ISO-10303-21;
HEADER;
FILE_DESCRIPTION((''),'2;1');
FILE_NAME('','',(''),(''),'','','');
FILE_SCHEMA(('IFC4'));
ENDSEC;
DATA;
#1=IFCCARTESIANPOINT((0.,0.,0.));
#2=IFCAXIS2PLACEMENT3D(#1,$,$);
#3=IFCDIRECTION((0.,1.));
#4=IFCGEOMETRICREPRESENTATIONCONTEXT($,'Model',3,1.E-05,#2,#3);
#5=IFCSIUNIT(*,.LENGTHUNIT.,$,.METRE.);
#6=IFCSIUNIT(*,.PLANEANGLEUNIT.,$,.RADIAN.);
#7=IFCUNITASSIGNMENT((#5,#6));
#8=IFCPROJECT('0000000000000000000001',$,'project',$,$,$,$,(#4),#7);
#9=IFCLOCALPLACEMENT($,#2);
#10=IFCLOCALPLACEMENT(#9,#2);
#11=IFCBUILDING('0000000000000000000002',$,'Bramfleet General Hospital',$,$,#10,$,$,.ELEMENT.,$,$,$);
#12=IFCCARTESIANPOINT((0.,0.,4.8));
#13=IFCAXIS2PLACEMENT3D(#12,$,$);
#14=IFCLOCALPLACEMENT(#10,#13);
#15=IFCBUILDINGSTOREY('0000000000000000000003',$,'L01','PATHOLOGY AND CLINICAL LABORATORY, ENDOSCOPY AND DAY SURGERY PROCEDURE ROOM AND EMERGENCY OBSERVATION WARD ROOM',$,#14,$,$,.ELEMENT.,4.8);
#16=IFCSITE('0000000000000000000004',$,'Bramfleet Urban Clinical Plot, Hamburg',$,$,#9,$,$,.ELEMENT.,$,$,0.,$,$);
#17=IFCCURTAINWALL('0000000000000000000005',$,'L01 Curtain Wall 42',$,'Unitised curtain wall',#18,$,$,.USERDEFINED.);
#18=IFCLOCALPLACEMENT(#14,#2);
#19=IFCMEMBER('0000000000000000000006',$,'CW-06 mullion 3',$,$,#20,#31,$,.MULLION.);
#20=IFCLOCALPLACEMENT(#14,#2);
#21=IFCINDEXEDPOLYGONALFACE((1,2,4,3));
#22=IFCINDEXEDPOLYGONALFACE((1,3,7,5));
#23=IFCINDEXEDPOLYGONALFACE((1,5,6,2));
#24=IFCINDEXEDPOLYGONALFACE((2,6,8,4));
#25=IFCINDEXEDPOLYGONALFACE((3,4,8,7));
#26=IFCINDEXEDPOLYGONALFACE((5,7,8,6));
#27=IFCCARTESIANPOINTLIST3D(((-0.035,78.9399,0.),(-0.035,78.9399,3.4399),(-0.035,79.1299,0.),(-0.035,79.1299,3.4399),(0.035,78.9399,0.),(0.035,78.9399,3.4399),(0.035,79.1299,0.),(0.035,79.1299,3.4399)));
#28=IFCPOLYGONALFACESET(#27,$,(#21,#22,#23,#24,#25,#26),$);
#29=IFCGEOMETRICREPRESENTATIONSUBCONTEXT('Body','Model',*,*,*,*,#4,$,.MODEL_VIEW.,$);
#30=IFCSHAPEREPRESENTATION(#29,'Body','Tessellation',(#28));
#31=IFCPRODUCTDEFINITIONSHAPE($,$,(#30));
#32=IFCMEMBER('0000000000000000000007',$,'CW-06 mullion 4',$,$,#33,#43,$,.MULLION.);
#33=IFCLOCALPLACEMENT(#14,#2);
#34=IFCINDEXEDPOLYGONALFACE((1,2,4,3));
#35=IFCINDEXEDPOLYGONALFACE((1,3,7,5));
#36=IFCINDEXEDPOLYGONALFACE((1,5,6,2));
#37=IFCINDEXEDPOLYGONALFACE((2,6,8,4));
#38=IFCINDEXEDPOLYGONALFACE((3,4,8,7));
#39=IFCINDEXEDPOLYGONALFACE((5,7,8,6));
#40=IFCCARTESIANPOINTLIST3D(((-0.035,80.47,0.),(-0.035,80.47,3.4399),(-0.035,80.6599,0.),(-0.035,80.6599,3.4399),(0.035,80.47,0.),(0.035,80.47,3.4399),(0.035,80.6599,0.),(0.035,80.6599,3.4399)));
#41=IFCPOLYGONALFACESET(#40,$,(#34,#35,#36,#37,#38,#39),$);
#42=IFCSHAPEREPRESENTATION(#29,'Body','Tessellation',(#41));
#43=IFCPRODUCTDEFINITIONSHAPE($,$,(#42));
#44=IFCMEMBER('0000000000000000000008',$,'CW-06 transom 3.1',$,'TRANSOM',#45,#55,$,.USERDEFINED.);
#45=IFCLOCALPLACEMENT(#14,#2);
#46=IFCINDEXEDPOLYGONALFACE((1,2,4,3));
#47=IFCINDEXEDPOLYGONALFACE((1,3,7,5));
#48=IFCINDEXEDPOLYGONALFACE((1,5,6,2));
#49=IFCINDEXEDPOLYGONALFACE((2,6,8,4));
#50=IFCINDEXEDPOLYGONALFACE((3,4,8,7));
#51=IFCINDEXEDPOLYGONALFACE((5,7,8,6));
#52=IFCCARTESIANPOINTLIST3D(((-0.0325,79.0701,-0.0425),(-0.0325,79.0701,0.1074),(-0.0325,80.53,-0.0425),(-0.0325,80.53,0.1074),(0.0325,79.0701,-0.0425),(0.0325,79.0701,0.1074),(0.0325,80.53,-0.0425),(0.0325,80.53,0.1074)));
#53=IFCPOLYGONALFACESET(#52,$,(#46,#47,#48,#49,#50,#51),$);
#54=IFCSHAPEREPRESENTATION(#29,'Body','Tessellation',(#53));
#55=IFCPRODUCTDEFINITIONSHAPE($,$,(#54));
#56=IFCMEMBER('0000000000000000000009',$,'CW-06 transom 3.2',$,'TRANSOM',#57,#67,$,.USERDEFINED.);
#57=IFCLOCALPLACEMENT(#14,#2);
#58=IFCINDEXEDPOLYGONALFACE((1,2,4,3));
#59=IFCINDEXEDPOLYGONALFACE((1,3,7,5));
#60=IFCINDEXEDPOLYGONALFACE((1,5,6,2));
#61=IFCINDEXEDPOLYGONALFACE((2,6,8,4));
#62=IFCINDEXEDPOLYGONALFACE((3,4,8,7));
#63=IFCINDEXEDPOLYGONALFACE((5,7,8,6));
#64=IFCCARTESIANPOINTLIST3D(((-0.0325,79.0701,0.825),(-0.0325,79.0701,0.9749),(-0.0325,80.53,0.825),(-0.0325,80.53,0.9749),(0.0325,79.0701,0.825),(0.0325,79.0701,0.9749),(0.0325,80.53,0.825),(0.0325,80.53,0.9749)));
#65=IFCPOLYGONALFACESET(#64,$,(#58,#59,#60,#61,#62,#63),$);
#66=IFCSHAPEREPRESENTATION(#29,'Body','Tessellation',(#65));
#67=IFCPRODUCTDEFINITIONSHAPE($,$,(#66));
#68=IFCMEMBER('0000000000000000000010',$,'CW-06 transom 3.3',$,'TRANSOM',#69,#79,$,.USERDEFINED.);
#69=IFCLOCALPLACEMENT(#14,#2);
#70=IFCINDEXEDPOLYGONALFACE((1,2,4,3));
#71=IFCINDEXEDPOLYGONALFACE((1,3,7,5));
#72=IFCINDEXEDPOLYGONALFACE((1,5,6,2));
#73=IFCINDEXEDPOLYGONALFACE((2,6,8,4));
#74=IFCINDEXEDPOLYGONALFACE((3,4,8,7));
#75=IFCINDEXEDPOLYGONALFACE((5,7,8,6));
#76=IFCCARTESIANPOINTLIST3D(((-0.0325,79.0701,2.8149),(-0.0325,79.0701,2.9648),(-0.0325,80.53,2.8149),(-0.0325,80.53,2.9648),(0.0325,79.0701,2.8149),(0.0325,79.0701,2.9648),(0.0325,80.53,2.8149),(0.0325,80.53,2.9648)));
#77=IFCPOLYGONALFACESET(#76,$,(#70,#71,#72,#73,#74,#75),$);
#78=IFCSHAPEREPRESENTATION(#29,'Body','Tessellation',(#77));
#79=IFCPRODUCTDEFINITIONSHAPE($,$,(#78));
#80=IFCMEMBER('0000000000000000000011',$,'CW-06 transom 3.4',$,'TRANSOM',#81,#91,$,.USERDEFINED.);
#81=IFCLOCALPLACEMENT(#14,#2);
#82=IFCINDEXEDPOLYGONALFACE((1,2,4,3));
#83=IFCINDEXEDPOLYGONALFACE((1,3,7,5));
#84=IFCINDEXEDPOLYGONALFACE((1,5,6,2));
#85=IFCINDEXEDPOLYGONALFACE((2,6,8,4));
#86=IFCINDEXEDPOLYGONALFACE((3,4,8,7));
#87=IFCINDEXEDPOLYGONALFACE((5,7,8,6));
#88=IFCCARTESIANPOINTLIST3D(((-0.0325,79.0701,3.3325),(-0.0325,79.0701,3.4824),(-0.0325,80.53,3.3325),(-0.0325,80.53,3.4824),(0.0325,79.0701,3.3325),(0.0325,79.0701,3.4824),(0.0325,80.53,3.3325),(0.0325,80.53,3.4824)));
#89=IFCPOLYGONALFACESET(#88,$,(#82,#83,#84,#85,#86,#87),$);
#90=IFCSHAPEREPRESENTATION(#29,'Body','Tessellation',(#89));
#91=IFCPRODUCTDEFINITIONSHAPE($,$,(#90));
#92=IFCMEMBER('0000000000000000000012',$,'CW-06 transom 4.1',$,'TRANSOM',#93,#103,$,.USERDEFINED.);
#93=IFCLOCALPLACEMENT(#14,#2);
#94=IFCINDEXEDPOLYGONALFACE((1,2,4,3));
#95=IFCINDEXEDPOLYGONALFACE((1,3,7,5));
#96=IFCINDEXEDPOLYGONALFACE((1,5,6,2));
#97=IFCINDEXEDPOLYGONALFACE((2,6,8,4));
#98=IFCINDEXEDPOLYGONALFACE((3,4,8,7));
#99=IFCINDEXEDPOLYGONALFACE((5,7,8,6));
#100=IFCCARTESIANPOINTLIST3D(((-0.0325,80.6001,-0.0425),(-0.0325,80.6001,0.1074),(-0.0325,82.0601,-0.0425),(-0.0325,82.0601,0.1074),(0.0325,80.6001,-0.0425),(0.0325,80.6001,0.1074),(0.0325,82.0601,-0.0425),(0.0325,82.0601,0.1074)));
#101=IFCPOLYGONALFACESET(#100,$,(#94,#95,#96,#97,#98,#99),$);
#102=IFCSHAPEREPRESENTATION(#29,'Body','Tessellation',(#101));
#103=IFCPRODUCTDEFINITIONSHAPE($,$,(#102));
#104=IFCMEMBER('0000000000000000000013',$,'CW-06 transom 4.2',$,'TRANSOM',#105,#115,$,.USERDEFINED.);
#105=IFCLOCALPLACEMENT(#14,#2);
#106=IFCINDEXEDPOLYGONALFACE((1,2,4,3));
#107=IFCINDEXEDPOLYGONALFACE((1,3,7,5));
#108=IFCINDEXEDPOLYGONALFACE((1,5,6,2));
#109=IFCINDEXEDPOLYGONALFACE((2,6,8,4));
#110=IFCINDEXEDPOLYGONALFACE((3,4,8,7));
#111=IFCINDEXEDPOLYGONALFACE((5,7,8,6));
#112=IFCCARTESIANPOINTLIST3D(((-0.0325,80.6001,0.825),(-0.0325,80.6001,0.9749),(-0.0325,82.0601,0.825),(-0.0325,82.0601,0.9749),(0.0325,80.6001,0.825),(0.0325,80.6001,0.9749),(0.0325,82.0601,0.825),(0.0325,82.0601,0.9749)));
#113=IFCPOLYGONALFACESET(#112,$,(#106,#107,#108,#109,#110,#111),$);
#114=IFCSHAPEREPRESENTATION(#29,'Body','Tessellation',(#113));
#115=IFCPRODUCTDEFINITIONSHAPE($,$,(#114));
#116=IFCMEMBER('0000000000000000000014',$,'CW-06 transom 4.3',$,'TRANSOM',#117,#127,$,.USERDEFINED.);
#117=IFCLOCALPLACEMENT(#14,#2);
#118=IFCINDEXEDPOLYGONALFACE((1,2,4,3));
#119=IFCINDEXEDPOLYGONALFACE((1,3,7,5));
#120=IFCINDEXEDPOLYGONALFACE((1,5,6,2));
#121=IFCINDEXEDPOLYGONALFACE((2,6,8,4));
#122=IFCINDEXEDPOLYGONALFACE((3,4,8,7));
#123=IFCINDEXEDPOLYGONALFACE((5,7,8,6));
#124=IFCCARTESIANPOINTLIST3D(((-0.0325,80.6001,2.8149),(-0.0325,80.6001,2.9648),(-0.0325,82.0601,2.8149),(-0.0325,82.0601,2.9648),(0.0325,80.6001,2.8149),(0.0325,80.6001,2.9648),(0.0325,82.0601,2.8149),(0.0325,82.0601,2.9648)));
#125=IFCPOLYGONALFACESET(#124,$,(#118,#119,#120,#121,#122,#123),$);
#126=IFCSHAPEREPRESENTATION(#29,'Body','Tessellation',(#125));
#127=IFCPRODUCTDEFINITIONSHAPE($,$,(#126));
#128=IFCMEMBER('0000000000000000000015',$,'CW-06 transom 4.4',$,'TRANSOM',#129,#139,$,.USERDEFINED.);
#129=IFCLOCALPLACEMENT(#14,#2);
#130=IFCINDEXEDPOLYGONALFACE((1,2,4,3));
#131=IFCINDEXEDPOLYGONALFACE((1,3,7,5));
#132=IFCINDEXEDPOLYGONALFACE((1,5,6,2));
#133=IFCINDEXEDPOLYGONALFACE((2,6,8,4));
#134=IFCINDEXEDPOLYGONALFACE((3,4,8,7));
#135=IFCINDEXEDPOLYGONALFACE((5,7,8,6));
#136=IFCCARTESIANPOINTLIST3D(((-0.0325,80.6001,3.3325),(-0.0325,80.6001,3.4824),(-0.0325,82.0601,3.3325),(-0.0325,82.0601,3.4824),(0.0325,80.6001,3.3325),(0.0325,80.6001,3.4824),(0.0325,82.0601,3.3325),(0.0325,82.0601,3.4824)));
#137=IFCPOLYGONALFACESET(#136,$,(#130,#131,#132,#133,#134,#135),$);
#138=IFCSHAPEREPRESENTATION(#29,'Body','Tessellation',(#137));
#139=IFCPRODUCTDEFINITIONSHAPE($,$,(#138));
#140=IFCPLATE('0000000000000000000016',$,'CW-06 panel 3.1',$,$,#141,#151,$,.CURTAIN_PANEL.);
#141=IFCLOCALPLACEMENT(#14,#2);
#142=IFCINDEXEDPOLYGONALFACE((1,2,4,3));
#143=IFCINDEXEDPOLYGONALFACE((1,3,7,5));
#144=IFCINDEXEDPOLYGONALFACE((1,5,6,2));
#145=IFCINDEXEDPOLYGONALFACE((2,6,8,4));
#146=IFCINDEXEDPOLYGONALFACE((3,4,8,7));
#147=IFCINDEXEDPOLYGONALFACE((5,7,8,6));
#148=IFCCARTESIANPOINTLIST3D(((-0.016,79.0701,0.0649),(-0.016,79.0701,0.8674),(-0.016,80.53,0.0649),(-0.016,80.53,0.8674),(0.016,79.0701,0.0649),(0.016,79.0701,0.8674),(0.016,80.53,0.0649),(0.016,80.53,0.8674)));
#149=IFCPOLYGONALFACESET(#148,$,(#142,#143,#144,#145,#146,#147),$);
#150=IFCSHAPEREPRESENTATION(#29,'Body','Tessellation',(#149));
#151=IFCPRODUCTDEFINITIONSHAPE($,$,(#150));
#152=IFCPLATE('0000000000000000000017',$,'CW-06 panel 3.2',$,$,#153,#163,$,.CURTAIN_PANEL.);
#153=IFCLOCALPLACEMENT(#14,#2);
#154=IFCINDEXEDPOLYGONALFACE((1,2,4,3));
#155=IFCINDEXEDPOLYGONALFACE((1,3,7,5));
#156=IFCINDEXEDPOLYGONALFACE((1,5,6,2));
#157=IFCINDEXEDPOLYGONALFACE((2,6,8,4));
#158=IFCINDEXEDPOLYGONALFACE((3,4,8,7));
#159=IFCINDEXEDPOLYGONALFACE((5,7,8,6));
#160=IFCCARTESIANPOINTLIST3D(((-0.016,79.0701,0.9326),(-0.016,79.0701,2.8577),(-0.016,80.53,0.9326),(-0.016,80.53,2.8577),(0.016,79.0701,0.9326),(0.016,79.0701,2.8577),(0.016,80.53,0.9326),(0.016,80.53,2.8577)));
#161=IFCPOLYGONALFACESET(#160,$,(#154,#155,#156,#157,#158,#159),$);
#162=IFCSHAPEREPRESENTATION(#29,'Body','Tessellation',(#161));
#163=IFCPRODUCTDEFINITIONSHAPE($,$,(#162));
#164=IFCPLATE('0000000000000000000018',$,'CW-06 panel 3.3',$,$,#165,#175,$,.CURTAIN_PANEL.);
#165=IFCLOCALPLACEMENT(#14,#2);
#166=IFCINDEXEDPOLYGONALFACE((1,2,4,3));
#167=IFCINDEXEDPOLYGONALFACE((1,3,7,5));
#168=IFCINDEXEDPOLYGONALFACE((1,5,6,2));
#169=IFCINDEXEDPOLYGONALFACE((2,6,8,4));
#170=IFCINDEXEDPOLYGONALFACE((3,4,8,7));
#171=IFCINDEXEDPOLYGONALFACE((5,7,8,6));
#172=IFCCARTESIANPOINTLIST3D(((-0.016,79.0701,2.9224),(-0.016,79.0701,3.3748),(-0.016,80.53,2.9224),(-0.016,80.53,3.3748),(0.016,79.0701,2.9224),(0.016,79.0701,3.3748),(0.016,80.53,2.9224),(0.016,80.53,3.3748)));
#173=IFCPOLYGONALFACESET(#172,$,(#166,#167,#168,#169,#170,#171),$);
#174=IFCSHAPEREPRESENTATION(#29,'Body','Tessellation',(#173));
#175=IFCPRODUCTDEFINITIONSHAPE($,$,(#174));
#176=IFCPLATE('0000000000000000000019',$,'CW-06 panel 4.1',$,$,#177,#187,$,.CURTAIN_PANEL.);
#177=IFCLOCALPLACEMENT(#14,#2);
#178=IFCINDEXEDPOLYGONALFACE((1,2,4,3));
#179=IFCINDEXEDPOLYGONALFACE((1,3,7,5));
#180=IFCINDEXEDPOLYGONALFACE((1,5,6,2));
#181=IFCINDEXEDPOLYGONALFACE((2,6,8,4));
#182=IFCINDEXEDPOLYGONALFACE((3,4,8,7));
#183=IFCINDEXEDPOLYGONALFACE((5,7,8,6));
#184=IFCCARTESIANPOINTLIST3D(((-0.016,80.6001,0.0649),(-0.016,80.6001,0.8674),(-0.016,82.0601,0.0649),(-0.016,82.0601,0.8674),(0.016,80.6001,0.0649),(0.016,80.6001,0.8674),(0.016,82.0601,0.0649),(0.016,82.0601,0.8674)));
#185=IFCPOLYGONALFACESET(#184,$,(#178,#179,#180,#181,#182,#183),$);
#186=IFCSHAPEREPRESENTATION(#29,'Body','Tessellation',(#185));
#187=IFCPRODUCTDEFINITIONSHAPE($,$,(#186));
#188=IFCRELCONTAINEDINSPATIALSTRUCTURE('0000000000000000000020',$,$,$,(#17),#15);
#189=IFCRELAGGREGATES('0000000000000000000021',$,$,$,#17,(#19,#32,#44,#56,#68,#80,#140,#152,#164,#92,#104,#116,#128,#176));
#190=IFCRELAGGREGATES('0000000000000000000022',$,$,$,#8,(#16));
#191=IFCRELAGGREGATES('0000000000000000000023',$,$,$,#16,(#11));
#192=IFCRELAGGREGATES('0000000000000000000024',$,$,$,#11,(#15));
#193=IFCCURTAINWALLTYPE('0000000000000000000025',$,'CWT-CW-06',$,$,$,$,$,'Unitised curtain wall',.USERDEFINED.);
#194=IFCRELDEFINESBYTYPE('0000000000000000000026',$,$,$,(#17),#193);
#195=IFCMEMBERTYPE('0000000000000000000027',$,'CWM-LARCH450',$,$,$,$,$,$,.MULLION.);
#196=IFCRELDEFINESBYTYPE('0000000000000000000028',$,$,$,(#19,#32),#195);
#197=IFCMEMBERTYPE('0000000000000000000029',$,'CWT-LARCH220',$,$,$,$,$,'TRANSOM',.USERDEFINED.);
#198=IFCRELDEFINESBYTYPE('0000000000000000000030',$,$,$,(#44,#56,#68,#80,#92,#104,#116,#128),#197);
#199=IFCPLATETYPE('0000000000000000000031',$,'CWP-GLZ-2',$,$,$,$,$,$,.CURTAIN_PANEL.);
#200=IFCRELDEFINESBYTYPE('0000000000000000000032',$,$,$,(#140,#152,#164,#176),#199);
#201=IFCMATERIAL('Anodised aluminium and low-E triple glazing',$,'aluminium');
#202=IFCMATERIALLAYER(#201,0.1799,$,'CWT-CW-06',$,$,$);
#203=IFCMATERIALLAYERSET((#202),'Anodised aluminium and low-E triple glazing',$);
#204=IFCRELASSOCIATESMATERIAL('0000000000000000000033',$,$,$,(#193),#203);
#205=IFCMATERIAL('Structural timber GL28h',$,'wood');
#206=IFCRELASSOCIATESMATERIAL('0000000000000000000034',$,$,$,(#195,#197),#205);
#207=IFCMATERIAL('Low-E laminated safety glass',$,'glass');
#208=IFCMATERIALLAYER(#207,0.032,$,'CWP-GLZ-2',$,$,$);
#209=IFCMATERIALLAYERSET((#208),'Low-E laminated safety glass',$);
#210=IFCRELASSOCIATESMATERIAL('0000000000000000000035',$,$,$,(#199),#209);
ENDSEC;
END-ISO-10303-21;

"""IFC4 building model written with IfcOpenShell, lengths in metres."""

from ifc_helpers import new_model, si_unit, direction, frame, origin, origin_2d, place, context, subcontext, project, spatial, rectangle, extrude, material, layer, layer_set, material_profile, profile_set, type_object, element, aggregate, save


model = new_model("IFC4")

# Units and contexts
model_context = context("Model", 3, precision=1e-05, world=origin(), true_north=direction((0.0, 1.0)))
body_context = subcontext(model_context, "Body", "Model", "MODEL_VIEW")
ifc_project = project(units=[si_unit("LENGTHUNIT", "METRE"), si_unit("PLANEANGLEUNIT", "RADIAN")], contexts=[model_context])

# Site, building, storey
site_placement = place(None, origin())
site = spatial("IfcSite", under=ifc_project, at=site_placement, Name="Bramfleet Urban Clinical Plot, Hamburg", CompositionType="ELEMENT", RefElevation=0.0)
building_placement = place(site_placement, origin())
building = spatial("IfcBuilding", under=site, at=building_placement, Name="Bramfleet General Hospital", CompositionType="ELEMENT")
storey_placement = place(building_placement, frame((0.0, 0.0, 4.8)))
storey = spatial("IfcBuildingStorey", under=building, at=storey_placement, Name="L01", Description="PATHOLOGY AND CLINICAL LABORATORY, ENDOSCOPY AND DAY SURGERY PROCEDURE ROOM AND EMERGENCY OBSERVATION WARD ROOM", CompositionType="ELEMENT", Elevation=4.8)

# Curtain wall, members, plates
ifc_material_1 = material(Name="Anodised aluminium and low-E triple glazing", Category="aluminium")
ifc_layer_1 = layer(ifc_material_1, 0.1799, Name="CWT-CW-06")
ifc_layer_set_1 = layer_set([ifc_layer_1], Name="Anodised aluminium and low-E triple glazing")
curtain_wall_type = type_object("IfcCurtainWallType", Name="CWT-CW-06", ElementType="Unitised curtain wall", PredefinedType="USERDEFINED", material=ifc_layer_set_1)
curtain_wall_placement = place(storey_placement, origin())
curtain_wall = element("IfcCurtainWall", 1, at=curtain_wall_placement, inside=storey, type_object=curtain_wall_type, Name="L01 Curtain Wall 42", ObjectType="Unitised curtain wall", PredefinedType="USERDEFINED")
ifc_material_2 = material(Name="Structural timber GL28h", Category="wood")
ifc_material_profile_1 = material_profile(ifc_material_2, rectangle(XDim=0.0701, YDim=0.1899, at=origin_2d()), Name="LARCH 190x70")
ifc_profile_set_1 = profile_set([ifc_material_profile_1], Name="Structural timber GL28h")
member_type_1 = type_object("IfcMemberType", Name="CWM-LARCH450", PredefinedType="MULLION", material=ifc_profile_set_1)
member_1_placement = place(storey_placement, frame((0.0, 79.0349, 0.0), z_axis=(0.0, 0.0, 1.0), x_axis=(-1.0, 0.0, 0.0)))
member_1 = element("IfcMember", 2, at=member_1_placement, type_object=member_type_1, Name="CW-06 mullion 3", PredefinedType="MULLION", context=body_context, shape_type="SweptSolid", body=[
    extrude(rectangle(XDim=0.0701, YDim=0.1899, at=origin_2d()), origin(), (0.0, 0.0, 1.0), 3.4399),
])
member_2_placement = place(storey_placement, frame((0.0, 80.5649, 0.0), z_axis=(0.0, 0.0, 1.0), x_axis=(-1.0, 0.0, 0.0)))
member_2 = element("IfcMember", 3, at=member_2_placement, type_object=member_type_1, Name="CW-06 mullion 4", PredefinedType="MULLION", context=body_context, shape_type="SweptSolid", body=[
    extrude(rectangle(XDim=0.0701, YDim=0.1899, at=origin_2d()), origin(), (0.0, 0.0, 1.0), 3.4399),
])
ifc_material_profile_2 = material_profile(ifc_material_2, rectangle(XDim=0.0649, YDim=0.1499, at=origin_2d()), Name="LARCH 150x65")
ifc_profile_set_2 = profile_set([ifc_material_profile_2], Name="Structural timber GL28h")
member_type_2 = type_object("IfcMemberType", Name="CWT-LARCH220", ElementType="TRANSOM", PredefinedType="USERDEFINED", material=ifc_profile_set_2)
member_3_placement = place(storey_placement, frame((0.0, 79.0701, 0.0325), z_axis=(0.0, 1.0, 0.0), x_axis=(-1.0, 0.0, 0.0)))
member_3 = element("IfcMember", 4, at=member_3_placement, type_object=member_type_2, Name="CW-06 transom 3.1", ObjectType="TRANSOM", PredefinedType="USERDEFINED", context=body_context, shape_type="SweptSolid", body=[
    extrude(rectangle(XDim=0.0649, YDim=0.1499, at=origin_2d()), origin(), (0.0, 0.0, 1.0), 1.46),
])
member_4_placement = place(storey_placement, frame((0.0, 79.0701, 0.8999), z_axis=(0.0, 1.0, 0.0), x_axis=(-1.0, 0.0, 0.0)))
member_4 = element("IfcMember", 5, at=member_4_placement, type_object=member_type_2, Name="CW-06 transom 3.2", ObjectType="TRANSOM", PredefinedType="USERDEFINED", context=body_context, shape_type="SweptSolid", body=[
    extrude(rectangle(XDim=0.0649, YDim=0.1499, at=origin_2d()), origin(), (0.0, 0.0, 1.0), 1.46),
])
member_5_placement = place(storey_placement, frame((0.0, 79.0701, 2.8899), z_axis=(0.0, 1.0, 0.0), x_axis=(-1.0, 0.0, 0.0)))
member_5 = element("IfcMember", 6, at=member_5_placement, type_object=member_type_2, Name="CW-06 transom 3.3", ObjectType="TRANSOM", PredefinedType="USERDEFINED", context=body_context, shape_type="SweptSolid", body=[
    extrude(rectangle(XDim=0.0649, YDim=0.1499, at=origin_2d()), origin(), (0.0, 0.0, 1.0), 1.46),
])
member_6_placement = place(storey_placement, frame((0.0, 79.0701, 3.4075), z_axis=(0.0, 1.0, 0.0), x_axis=(-1.0, 0.0, 0.0)))
member_6 = element("IfcMember", 7, at=member_6_placement, type_object=member_type_2, Name="CW-06 transom 3.4", ObjectType="TRANSOM", PredefinedType="USERDEFINED", context=body_context, shape_type="SweptSolid", body=[
    extrude(rectangle(XDim=0.0649, YDim=0.1499, at=origin_2d()), origin(), (0.0, 0.0, 1.0), 1.46),
])
member_7_placement = place(storey_placement, frame((0.0, 80.6001, 0.0325), z_axis=(0.0, 1.0, 0.0), x_axis=(-1.0, 0.0, 0.0)))
member_7 = element("IfcMember", 8, at=member_7_placement, type_object=member_type_2, Name="CW-06 transom 4.1", ObjectType="TRANSOM", PredefinedType="USERDEFINED", context=body_context, shape_type="SweptSolid", body=[
    extrude(rectangle(XDim=0.0649, YDim=0.1499, at=origin_2d()), origin(), (0.0, 0.0, 1.0), 1.46),
])
member_8_placement = place(storey_placement, frame((0.0, 80.6001, 0.8999), z_axis=(0.0, 1.0, 0.0), x_axis=(-1.0, 0.0, 0.0)))
member_8 = element("IfcMember", 9, at=member_8_placement, type_object=member_type_2, Name="CW-06 transom 4.2", ObjectType="TRANSOM", PredefinedType="USERDEFINED", context=body_context, shape_type="SweptSolid", body=[
    extrude(rectangle(XDim=0.0649, YDim=0.1499, at=origin_2d()), origin(), (0.0, 0.0, 1.0), 1.46),
])
member_9_placement = place(storey_placement, frame((0.0, 80.6001, 2.8899), z_axis=(0.0, 1.0, 0.0), x_axis=(-1.0, 0.0, 0.0)))
member_9 = element("IfcMember", 10, at=member_9_placement, type_object=member_type_2, Name="CW-06 transom 4.3", ObjectType="TRANSOM", PredefinedType="USERDEFINED", context=body_context, shape_type="SweptSolid", body=[
    extrude(rectangle(XDim=0.0649, YDim=0.1499, at=origin_2d()), origin(), (0.0, 0.0, 1.0), 1.46),
])
member_10_placement = place(storey_placement, frame((0.0, 80.6001, 3.4075), z_axis=(0.0, 1.0, 0.0), x_axis=(-1.0, 0.0, 0.0)))
member_10 = element("IfcMember", 11, at=member_10_placement, type_object=member_type_2, Name="CW-06 transom 4.4", ObjectType="TRANSOM", PredefinedType="USERDEFINED", context=body_context, shape_type="SweptSolid", body=[
    extrude(rectangle(XDim=0.0649, YDim=0.1499, at=origin_2d()), origin(), (0.0, 0.0, 1.0), 1.46),
])
ifc_material_3 = material(Name="Low-E laminated safety glass", Category="glass")
ifc_layer_2 = layer(ifc_material_3, 0.032, Name="CWP-GLZ-2")
ifc_layer_set_2 = layer_set([ifc_layer_2], Name="Low-E laminated safety glass")
plate_type = type_object("IfcPlateType", Name="CWP-GLZ-2", PredefinedType="CURTAIN_PANEL", material=ifc_layer_set_2)
plate_1_placement = place(storey_placement, frame((0.0, 79.8, 0.0649), z_axis=(0.0, 0.0, 1.0), x_axis=(0.0, 1.0, 0.0)))
plate_1 = element("IfcPlate", 12, at=plate_1_placement, type_object=plate_type, Name="CW-06 panel 3.1", PredefinedType="CURTAIN_PANEL", context=body_context, shape_type="SweptSolid", body=[
    extrude(rectangle(XDim=1.46, YDim=0.032, at=origin_2d()), origin(), (0.0, 0.0, 1.0), 0.8025),
])
plate_2_placement = place(storey_placement, frame((0.0, 79.8, 0.9326), z_axis=(0.0, 0.0, 1.0), x_axis=(0.0, 1.0, 0.0)))
plate_2 = element("IfcPlate", 13, at=plate_2_placement, type_object=plate_type, Name="CW-06 panel 3.2", PredefinedType="CURTAIN_PANEL", context=body_context, shape_type="SweptSolid", body=[
    extrude(rectangle(XDim=1.46, YDim=0.032, at=origin_2d()), origin(), (0.0, 0.0, 1.0), 1.925),
])
plate_3_placement = place(storey_placement, frame((0.0, 79.8, 2.9224), z_axis=(0.0, 0.0, 1.0), x_axis=(0.0, 1.0, 0.0)))
plate_3 = element("IfcPlate", 14, at=plate_3_placement, type_object=plate_type, Name="CW-06 panel 3.3", PredefinedType="CURTAIN_PANEL", context=body_context, shape_type="SweptSolid", body=[
    extrude(rectangle(XDim=1.46, YDim=0.032, at=origin_2d()), origin(), (0.0, 0.0, 1.0), 0.4524),
])
plate_4_placement = place(storey_placement, frame((0.0, 81.3301, 0.0649), z_axis=(0.0, 0.0, 1.0), x_axis=(0.0, 1.0, 0.0)))
plate_4 = element("IfcPlate", 15, at=plate_4_placement, type_object=plate_type, Name="CW-06 panel 4.1", PredefinedType="CURTAIN_PANEL", context=body_context, shape_type="SweptSolid", body=[
    extrude(rectangle(XDim=1.46, YDim=0.032, at=origin_2d()), origin(), (0.0, 0.0, 1.0), 0.8025),
])
aggregate(curtain_wall, [member_1, member_2, member_3, member_4, member_5, member_6, plate_1, plate_2, plate_3, member_7, member_8, member_9, member_10, plate_4])

save(model, "model.ifc")
